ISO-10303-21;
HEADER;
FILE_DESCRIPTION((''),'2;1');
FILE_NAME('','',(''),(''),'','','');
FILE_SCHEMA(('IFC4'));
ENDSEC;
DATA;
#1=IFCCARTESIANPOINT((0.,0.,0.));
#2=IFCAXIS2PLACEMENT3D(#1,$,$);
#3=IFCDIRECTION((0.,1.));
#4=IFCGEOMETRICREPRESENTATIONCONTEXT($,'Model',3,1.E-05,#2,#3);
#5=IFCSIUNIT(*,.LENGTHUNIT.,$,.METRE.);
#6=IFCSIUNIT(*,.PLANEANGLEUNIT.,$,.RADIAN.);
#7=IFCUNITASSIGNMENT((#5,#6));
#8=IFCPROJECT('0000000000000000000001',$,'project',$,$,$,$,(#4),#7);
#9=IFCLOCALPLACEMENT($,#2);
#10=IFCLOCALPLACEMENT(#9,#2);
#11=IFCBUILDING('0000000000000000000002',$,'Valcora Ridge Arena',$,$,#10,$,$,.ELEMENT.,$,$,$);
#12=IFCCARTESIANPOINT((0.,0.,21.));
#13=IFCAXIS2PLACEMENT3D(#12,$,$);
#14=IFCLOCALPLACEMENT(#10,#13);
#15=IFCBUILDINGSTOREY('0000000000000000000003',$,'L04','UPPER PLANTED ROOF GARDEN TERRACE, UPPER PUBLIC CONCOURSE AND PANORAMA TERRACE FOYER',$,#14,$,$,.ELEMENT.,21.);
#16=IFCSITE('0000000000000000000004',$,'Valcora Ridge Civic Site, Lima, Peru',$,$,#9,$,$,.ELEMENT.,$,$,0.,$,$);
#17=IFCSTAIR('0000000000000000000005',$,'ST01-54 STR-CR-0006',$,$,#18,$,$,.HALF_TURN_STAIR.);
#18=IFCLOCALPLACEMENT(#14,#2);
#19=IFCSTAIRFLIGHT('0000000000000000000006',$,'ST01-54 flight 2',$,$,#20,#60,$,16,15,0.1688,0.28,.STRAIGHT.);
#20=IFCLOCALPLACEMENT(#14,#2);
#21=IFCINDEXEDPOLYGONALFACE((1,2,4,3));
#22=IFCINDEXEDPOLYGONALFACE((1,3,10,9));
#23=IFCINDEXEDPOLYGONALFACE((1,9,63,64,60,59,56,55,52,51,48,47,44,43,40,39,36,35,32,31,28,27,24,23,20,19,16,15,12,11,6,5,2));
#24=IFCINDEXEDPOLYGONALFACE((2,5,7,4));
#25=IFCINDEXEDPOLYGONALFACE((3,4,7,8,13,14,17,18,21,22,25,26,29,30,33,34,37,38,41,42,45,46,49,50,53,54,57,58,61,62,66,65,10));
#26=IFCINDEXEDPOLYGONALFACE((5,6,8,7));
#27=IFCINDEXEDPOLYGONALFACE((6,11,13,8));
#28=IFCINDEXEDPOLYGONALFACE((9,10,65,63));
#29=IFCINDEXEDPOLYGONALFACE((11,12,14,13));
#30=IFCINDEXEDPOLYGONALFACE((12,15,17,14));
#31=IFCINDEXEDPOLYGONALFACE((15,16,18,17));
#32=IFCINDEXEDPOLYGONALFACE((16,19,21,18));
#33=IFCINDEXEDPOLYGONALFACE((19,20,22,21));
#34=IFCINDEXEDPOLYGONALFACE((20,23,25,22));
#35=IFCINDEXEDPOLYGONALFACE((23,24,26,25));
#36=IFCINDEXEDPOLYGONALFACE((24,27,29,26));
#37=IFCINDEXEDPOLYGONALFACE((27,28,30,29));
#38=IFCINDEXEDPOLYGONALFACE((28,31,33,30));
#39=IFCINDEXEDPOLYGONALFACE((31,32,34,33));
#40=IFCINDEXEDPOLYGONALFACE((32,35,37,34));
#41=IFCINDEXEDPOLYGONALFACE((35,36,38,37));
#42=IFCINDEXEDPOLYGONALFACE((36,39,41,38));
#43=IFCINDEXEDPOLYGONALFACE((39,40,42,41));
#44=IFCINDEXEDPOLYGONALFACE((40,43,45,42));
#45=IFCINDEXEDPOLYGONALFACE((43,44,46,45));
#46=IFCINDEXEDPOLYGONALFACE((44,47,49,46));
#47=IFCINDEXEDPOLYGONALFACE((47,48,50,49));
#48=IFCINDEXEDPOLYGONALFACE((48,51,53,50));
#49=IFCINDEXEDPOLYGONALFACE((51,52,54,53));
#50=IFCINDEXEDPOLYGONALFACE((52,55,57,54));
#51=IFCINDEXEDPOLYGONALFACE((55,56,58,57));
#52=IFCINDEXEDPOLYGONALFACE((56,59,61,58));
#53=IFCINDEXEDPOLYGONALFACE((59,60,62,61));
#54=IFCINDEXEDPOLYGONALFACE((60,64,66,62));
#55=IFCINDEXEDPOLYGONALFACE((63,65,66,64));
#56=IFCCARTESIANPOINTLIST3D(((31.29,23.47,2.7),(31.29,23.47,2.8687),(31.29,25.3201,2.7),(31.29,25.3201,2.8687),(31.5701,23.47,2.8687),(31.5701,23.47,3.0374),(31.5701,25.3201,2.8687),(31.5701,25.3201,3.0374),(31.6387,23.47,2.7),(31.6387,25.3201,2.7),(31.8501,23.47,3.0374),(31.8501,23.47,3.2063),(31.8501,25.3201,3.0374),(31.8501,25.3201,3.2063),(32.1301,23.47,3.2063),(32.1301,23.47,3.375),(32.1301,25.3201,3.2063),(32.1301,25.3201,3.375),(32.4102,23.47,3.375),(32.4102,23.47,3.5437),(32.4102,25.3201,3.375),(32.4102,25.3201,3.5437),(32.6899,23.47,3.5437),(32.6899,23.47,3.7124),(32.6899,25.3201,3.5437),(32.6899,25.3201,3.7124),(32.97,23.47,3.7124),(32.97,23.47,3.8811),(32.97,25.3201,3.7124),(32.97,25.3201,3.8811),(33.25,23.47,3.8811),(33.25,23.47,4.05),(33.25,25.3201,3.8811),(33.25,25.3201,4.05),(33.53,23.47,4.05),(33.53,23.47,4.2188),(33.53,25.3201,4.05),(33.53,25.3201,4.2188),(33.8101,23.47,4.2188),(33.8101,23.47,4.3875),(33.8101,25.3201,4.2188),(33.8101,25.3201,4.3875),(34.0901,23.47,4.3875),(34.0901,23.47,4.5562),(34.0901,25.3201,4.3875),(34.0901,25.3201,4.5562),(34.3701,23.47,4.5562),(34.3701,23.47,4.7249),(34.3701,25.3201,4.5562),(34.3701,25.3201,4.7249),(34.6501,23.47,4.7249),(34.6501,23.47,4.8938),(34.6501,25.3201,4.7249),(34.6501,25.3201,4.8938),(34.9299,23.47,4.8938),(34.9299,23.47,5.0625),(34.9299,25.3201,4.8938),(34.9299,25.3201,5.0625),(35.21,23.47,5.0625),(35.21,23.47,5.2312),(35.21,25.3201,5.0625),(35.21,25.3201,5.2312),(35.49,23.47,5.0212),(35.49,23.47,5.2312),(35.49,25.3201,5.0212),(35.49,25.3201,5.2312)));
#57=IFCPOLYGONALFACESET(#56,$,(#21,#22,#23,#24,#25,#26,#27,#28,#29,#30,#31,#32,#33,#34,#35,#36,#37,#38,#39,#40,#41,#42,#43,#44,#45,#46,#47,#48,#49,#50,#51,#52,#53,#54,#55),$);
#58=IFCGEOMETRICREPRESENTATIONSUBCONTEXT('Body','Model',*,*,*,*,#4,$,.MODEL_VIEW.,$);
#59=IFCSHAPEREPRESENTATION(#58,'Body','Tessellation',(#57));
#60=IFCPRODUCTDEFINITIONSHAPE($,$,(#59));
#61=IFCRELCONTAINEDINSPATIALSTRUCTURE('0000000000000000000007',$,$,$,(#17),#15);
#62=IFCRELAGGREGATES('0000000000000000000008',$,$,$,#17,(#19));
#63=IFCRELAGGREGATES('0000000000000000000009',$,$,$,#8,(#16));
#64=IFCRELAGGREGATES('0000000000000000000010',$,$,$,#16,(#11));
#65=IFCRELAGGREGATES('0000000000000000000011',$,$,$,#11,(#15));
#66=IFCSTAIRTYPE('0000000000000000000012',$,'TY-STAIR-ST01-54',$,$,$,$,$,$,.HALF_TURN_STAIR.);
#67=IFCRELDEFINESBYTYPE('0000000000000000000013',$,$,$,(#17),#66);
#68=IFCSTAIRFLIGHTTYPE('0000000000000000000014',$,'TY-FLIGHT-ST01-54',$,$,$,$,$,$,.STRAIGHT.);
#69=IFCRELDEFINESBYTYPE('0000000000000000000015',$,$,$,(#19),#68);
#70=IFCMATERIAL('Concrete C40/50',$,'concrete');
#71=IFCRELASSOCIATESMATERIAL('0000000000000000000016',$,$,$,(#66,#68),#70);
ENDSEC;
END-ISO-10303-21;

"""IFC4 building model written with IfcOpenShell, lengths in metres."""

from ifc_helpers import new_model, si_unit, direction, frame, origin, place, context, subcontext, project, spatial, polyline, outline, extrude, material, type_object, element, aggregate, save


model = new_model("IFC4")

# Units and contexts
model_context = context("Model", 3, precision=1e-05, world=origin(), true_north=direction((0.0, 1.0)))
body_context = subcontext(model_context, "Body", "Model", "MODEL_VIEW")
ifc_project = project(units=[si_unit("LENGTHUNIT", "METRE"), si_unit("PLANEANGLEUNIT", "RADIAN")], contexts=[model_context])

# Site, building, storey
site_placement = place(None, origin())
site = spatial("IfcSite", under=ifc_project, at=site_placement, Name="Valcora Ridge Civic Site, Lima, Peru", CompositionType="ELEMENT", RefElevation=0.0)
building_placement = place(site_placement, origin())
building = spatial("IfcBuilding", under=site, at=building_placement, Name="Valcora Ridge Arena", CompositionType="ELEMENT")
storey_placement = place(building_placement, frame((0.0, 0.0, 21.0)))
storey = spatial("IfcBuildingStorey", under=building, at=storey_placement, Name="L04", Description="UPPER PLANTED ROOF GARDEN TERRACE, UPPER PUBLIC CONCOURSE AND PANORAMA TERRACE FOYER", CompositionType="ELEMENT", Elevation=21.0)

# Shared definitions
ifc_material_1 = material(Name="Concrete C40/50", Category="concrete")

# Stair, stair flight
stair_type = type_object("IfcStairType", Name="TY-STAIR-ST01-54", PredefinedType="HALF_TURN_STAIR", material=ifc_material_1)
stair_placement = place(storey_placement, origin())
stair = element("IfcStair", 1, at=stair_placement, inside=storey, type_object=stair_type, Name="ST01-54 STR-CR-0006", PredefinedType="HALF_TURN_STAIR")
stair_flight_type = type_object("IfcStairFlightType", Name="TY-FLIGHT-ST01-54", PredefinedType="STRAIGHT", material=ifc_material_1)
stair_flight_placement = place(storey_placement, frame((31.29, 24.395, 2.7), z_axis=(0.0, 0.0, 1.0), x_axis=(1.0, 0.0, 0.0)))
stair_flight = element("IfcStairFlight", 2, at=stair_flight_placement, type_object=stair_flight_type, Name="ST01-54 flight 2", NumberOfRisers=16, NumberOfTreads=15, PredefinedType="STRAIGHT", RiserHeight=0.1688, TreadLength=0.28, context=body_context, shape_type="SweptSolid", body=[
    extrude(outline(polyline([(0.0, 0.0), (0.0, 0.1687), (0.28, 0.1687), (0.28, 0.3374), (0.5601, 0.3374), (0.5601, 0.5063), (0.8401, 0.5063), (0.8401, 0.675), (1.1201, 0.675), (1.1201, 0.8438), (1.3999, 0.8438), (1.3999, 1.0125), (1.6799, 1.0125), (1.6799, 1.1812), (1.96, 1.1812), (1.96, 1.3501), (2.24, 1.3501), (2.24, 1.5188), (2.52, 1.5188), (2.52, 1.6875), (2.8, 1.6875), (2.8, 1.8562), (3.0801, 1.8562), (3.0801, 2.0249), (3.3601, 2.0249), (3.3601, 2.1938), (3.6399, 2.1938), (3.6399, 2.3625), (3.9199, 2.3625), (3.9199, 2.5312), (4.2, 2.5312), (4.2, 2.7), (4.2, 2.3213), (0.3486, 0.0), (0.0, 0.0)])), frame((0.0, 0.925, 0.0), z_axis=(0.0, -1.0, 0.0), x_axis=(1.0, 0.0, 0.0)), (0.0, 0.0, 1.0), 1.8501),
])
aggregate(stair, [stair_flight])

save(model, "model.ifc")
